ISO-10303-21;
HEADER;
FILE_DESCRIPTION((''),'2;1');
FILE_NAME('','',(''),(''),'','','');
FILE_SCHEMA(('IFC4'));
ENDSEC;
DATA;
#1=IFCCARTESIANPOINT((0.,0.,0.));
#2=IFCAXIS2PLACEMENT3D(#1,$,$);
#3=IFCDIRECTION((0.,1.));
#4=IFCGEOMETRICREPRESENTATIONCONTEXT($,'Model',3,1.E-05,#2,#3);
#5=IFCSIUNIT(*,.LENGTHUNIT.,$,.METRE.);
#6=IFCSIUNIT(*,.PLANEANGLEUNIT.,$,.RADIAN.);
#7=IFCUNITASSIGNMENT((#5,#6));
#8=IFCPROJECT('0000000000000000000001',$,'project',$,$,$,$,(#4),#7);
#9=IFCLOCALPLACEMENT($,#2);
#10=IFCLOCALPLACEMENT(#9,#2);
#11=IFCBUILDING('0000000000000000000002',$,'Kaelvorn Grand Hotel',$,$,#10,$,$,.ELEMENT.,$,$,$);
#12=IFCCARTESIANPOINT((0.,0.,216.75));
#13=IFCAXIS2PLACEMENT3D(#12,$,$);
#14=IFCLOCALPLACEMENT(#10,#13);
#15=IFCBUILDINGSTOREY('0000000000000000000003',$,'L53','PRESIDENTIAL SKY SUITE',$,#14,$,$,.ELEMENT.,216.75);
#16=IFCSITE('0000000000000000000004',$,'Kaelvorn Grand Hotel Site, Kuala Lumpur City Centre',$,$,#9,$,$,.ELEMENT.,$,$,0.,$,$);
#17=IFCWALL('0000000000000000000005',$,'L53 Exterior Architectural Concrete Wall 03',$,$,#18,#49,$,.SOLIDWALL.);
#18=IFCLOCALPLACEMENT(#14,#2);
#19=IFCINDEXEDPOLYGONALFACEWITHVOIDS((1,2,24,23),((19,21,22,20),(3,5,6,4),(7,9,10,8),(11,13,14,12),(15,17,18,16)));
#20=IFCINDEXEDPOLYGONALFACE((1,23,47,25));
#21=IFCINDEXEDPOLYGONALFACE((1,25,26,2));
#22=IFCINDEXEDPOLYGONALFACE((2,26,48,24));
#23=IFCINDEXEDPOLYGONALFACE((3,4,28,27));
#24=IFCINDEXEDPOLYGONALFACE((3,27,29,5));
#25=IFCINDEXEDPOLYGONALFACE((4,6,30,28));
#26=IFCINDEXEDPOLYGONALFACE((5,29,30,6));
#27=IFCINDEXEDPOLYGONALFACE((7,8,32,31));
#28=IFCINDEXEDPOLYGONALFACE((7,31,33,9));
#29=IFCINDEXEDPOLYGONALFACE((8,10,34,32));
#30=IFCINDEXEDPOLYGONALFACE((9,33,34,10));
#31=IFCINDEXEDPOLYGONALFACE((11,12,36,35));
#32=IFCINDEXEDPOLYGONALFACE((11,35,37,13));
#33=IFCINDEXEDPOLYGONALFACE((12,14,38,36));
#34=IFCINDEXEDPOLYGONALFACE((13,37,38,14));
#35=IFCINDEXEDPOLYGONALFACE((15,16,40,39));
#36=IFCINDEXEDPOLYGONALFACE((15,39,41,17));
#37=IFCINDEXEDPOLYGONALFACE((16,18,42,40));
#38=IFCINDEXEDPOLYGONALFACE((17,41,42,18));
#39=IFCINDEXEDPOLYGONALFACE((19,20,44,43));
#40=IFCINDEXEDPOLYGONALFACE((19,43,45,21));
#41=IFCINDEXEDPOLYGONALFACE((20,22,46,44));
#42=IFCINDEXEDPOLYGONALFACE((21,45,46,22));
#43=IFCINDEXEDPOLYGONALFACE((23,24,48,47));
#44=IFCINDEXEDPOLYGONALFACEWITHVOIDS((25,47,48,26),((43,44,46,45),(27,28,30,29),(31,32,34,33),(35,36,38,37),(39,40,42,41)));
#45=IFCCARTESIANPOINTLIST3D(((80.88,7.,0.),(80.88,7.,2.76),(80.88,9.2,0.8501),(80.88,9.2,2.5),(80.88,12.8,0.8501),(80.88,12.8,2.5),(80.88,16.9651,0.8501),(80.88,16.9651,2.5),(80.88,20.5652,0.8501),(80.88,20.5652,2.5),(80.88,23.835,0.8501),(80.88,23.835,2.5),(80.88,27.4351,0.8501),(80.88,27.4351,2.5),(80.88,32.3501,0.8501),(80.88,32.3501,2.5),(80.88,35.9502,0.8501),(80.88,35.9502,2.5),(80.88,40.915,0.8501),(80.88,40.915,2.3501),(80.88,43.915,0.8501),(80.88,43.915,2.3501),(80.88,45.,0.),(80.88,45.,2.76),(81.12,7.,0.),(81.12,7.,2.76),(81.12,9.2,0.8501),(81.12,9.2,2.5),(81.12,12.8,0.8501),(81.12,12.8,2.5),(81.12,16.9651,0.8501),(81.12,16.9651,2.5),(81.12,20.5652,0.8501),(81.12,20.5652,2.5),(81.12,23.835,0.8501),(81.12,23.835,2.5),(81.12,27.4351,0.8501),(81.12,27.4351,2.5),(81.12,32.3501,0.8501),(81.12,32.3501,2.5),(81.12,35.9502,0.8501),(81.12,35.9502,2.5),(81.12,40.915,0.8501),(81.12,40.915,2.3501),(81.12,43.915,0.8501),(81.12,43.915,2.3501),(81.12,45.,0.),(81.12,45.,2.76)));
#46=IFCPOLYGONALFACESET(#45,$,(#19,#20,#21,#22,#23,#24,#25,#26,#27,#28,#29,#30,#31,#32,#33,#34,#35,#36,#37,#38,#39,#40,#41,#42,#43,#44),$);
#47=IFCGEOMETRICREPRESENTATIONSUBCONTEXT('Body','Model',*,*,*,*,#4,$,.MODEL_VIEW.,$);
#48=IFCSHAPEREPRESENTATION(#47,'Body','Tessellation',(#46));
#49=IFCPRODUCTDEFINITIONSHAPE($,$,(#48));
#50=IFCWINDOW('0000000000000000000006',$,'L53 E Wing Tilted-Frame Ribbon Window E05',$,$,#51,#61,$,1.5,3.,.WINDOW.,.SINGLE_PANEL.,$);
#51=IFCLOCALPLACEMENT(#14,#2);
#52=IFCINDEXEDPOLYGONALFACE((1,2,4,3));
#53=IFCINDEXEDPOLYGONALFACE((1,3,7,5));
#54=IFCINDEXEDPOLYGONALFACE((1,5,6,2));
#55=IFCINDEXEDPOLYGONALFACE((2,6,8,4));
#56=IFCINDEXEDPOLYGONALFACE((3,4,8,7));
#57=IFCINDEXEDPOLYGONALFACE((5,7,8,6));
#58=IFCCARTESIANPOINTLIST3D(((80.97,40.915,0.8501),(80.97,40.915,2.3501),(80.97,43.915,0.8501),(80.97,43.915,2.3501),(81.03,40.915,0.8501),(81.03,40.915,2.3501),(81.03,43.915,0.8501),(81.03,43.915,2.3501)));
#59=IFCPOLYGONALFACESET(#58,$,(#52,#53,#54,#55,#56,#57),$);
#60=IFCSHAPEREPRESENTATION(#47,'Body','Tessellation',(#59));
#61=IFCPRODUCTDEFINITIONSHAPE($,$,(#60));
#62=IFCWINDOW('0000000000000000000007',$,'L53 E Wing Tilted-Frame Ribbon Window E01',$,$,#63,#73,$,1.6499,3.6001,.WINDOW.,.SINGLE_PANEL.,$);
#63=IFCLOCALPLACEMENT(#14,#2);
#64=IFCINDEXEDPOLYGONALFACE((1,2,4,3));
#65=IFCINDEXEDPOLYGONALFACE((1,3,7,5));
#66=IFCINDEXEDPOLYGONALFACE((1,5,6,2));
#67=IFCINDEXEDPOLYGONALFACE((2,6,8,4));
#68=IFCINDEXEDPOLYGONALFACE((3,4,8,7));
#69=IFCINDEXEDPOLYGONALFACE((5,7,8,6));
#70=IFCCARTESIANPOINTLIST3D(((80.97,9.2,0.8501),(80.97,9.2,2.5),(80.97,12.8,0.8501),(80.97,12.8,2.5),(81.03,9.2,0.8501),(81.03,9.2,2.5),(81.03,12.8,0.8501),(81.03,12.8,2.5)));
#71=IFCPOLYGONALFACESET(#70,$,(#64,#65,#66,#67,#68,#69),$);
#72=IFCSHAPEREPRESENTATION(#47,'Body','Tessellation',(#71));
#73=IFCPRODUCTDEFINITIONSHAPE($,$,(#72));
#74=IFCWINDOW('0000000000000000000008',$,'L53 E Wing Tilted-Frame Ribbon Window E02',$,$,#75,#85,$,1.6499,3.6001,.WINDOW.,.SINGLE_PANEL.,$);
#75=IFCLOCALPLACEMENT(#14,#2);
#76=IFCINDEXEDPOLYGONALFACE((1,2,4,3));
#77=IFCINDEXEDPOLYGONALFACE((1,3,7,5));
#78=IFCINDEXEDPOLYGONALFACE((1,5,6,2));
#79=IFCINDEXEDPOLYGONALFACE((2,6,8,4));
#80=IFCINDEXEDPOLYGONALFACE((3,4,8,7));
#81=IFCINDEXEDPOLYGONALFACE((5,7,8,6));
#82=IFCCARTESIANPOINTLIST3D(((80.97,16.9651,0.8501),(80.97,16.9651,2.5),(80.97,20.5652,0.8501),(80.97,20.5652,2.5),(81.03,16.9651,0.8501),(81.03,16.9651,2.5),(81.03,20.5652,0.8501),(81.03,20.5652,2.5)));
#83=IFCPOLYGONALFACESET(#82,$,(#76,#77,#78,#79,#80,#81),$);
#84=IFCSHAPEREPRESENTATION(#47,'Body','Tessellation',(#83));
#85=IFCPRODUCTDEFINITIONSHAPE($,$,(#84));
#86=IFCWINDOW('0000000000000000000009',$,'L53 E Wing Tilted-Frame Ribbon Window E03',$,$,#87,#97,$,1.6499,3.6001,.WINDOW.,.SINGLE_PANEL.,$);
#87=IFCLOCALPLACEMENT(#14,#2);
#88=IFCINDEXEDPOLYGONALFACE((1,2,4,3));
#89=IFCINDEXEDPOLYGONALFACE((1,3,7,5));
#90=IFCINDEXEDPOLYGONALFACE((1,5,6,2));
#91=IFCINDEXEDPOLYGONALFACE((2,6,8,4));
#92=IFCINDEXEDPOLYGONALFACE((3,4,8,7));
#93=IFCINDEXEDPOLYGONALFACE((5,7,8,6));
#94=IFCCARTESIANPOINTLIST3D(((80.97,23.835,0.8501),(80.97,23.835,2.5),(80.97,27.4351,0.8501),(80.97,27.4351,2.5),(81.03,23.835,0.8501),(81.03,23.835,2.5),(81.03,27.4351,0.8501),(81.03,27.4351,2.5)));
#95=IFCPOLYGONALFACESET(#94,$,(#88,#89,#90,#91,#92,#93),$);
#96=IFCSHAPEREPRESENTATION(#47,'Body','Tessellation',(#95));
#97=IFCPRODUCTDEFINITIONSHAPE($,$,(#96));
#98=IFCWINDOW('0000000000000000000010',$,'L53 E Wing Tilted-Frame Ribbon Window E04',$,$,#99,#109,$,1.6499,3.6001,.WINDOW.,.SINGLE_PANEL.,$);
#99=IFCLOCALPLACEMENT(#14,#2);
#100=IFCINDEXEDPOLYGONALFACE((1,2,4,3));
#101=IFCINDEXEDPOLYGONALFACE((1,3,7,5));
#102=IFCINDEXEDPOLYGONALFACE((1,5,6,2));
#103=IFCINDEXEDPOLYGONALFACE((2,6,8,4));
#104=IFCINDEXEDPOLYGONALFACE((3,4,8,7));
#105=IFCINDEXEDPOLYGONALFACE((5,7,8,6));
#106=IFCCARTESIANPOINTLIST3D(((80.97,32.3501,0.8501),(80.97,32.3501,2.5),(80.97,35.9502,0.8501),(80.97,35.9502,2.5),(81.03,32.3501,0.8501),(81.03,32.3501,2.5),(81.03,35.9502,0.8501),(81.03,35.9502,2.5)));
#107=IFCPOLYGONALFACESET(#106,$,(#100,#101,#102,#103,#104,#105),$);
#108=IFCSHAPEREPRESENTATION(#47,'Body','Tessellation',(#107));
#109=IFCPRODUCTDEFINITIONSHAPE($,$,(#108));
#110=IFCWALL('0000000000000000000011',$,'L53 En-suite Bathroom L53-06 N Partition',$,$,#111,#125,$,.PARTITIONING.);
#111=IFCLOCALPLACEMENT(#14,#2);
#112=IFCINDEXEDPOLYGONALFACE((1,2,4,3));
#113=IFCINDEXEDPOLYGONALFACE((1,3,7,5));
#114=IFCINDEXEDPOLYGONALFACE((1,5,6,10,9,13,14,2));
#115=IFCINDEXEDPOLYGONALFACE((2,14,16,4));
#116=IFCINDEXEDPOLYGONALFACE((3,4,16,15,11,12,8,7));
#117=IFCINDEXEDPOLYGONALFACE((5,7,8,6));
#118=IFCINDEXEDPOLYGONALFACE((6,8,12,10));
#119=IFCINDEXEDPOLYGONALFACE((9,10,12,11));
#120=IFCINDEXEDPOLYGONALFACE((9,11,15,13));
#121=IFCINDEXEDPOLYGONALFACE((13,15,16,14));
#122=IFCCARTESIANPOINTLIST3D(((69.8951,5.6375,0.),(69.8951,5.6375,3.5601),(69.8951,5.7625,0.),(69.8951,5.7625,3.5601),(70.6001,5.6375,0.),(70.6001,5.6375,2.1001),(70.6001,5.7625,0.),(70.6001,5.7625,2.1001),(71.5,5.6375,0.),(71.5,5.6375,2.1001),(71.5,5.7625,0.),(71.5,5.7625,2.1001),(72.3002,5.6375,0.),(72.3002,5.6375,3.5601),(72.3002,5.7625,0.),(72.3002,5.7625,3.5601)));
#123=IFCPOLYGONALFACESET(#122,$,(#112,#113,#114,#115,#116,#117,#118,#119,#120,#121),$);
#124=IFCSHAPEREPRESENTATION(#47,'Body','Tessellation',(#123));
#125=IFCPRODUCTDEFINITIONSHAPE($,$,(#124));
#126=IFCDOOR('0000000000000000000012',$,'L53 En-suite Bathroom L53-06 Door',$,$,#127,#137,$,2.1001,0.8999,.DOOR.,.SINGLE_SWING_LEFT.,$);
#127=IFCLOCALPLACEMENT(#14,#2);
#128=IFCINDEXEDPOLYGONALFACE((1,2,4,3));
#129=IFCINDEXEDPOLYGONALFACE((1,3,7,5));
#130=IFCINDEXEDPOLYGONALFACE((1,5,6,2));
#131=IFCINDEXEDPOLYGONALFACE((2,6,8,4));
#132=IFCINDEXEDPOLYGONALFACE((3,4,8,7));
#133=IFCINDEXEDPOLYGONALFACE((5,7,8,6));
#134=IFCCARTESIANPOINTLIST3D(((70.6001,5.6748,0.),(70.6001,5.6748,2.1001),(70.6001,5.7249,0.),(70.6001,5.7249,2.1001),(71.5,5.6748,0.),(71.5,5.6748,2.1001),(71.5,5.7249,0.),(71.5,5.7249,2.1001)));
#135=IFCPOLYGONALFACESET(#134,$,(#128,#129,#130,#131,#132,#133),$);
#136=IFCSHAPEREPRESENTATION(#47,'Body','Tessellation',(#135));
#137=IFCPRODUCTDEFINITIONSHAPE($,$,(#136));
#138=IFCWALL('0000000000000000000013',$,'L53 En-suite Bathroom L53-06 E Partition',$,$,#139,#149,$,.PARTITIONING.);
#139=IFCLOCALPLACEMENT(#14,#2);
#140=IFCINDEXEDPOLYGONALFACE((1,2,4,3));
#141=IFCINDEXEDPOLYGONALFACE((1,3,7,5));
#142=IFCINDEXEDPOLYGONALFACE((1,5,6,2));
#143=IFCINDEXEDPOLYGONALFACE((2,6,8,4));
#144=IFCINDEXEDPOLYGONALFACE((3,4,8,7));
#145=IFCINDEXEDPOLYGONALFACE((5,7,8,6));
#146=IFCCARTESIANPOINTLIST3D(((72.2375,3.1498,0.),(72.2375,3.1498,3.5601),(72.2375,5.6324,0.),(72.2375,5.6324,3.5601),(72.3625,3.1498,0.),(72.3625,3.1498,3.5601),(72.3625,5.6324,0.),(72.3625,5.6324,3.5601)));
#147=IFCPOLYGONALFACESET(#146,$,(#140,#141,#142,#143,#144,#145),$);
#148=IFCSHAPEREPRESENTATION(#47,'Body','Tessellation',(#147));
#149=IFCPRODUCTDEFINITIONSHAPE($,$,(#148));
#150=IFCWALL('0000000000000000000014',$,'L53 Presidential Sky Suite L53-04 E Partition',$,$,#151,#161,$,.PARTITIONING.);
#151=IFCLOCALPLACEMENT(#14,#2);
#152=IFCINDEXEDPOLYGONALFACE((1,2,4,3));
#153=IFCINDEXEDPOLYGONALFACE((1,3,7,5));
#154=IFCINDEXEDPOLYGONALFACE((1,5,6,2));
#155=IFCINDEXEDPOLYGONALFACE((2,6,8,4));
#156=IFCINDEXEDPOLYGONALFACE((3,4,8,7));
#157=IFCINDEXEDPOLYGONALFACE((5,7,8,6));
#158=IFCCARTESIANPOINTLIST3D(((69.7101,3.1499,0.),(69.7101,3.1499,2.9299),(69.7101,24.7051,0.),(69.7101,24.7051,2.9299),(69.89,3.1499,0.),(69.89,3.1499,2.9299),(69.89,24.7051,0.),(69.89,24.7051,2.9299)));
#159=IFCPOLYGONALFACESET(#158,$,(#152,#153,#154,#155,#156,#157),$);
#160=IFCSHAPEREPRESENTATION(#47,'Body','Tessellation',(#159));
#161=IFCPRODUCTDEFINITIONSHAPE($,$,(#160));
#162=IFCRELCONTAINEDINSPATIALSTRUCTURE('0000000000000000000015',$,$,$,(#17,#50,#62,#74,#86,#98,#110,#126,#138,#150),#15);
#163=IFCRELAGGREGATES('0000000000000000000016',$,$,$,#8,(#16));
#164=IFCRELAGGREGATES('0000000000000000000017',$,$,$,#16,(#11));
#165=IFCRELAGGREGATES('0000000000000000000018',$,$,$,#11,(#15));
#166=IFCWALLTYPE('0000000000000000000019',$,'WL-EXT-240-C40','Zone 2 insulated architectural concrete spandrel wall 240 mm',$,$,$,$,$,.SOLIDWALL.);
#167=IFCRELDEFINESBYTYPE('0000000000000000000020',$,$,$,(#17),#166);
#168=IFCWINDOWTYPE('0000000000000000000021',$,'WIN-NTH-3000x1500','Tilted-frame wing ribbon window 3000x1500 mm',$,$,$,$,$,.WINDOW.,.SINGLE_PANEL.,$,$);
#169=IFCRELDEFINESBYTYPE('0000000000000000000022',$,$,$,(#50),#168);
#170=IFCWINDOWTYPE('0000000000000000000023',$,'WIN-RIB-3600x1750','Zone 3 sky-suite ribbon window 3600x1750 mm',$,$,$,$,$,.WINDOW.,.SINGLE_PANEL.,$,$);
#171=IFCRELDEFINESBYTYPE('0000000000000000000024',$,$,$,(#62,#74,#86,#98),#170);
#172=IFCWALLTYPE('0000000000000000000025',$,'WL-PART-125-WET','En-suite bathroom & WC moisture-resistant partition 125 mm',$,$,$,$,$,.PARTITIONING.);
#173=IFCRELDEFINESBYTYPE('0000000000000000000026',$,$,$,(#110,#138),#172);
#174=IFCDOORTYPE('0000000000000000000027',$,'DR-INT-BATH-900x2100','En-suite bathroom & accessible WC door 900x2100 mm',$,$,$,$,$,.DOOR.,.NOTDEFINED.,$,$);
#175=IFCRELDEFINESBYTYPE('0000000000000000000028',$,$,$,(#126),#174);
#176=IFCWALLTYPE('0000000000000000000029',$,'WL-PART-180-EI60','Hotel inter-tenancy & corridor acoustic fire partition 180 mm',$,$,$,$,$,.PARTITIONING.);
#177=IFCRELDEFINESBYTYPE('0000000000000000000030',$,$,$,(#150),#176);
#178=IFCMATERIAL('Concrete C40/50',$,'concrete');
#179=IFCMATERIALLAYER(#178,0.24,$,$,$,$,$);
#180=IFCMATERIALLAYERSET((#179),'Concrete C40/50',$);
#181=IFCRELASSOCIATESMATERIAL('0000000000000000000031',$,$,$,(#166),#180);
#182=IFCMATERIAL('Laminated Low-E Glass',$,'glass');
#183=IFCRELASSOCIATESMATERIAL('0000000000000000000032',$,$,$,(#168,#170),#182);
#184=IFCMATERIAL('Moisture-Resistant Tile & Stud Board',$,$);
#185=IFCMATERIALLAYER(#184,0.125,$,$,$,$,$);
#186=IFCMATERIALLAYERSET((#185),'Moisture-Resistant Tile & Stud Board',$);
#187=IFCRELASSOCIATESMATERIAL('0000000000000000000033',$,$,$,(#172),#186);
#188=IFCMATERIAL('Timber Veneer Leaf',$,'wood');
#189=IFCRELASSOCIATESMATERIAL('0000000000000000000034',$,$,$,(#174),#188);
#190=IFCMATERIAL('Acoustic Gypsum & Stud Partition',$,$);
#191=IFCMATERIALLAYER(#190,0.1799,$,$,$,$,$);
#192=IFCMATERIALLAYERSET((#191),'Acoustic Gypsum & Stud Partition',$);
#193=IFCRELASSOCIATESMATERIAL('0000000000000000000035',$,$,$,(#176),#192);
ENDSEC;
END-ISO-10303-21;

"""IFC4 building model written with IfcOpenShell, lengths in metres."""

from ifc_helpers import new_model, si_unit, direction, frame, frame_2d, origin, place, context, subcontext, project, spatial, rectangle, extrude, material, layer, layer_set, type_object, element, fill, save


model = new_model("IFC4")

# Units and contexts
model_context = context("Model", 3, precision=1e-05, world=origin(), true_north=direction((0.0, 1.0)))
body_context = subcontext(model_context, "Body", "Model", "MODEL_VIEW")
ifc_project = project(units=[si_unit("LENGTHUNIT", "METRE"), si_unit("PLANEANGLEUNIT", "RADIAN")], contexts=[model_context])

# Site, building, storey
site_placement = place(None, origin())
site = spatial("IfcSite", under=ifc_project, at=site_placement, Name="Kaelvorn Grand Hotel Site, Kuala Lumpur City Centre", CompositionType="ELEMENT", RefElevation=0.0)
building_placement = place(site_placement, origin())
building = spatial("IfcBuilding", under=site, at=building_placement, Name="Kaelvorn Grand Hotel", CompositionType="ELEMENT")
storey_placement = place(building_placement, frame((0.0, 0.0, 216.75)))
storey = spatial("IfcBuildingStorey", under=building, at=storey_placement, Name="L53", Description="PRESIDENTIAL SKY SUITE", CompositionType="ELEMENT", Elevation=216.75)

# Shared definitions
ifc_material_1 = material(Name="Concrete C40/50", Category="concrete")

# Shared definitions
ifc_layer_1 = layer(ifc_material_1, 0.24)
ifc_layer_set_1 = layer_set([ifc_layer_1], Name="Concrete C40/50")
wall_type_1 = type_object("IfcWallType", Name="WL-EXT-240-C40", Description="Zone 2 insulated architectural concrete spandrel wall 240 mm", PredefinedType="SOLIDWALL", material=ifc_layer_set_1)
ifc_material_2 = material(Name="Laminated Low-E Glass", Category="glass")

# Wall, openings, windows
wall_1_placement = place(storey_placement, frame((81.0, 7.0, 0.0), z_axis=(0.0, 0.0, 1.0), x_axis=(0.0, 1.0, 0.0)))
wall_1 = element("IfcWall", 1, at=wall_1_placement, inside=storey, type_object=wall_type_1, Name="L53 Exterior Architectural Concrete Wall 03", PredefinedType="SOLIDWALL", context=body_context, shape_type="SweptSolid", body=[
    extrude(rectangle(XDim=38.0, YDim=0.24, at=frame_2d((19.0, 0.0))), origin(), (0.0, 0.0, 1.0), 2.76),
])
opening_1_placement = place(wall_1_placement, frame((2.2, 0.0, 0.8501)))
opening_1 = element("IfcOpeningElement", 2, at=opening_1_placement, cuts=wall_1, PredefinedType="OPENING", context=body_context, shape_type="SweptSolid", body=[
    extrude(rectangle(XDim=3.6001, YDim=1.6499, at=frame_2d((1.8, 0.825))), frame((0.0, 0.1299, 0.0), z_axis=(0.0, -1.0, 0.0), x_axis=(1.0, 0.0, 0.0)), (0.0, 0.0, 1.0), 0.26),
])
opening_2_placement = place(wall_1_placement, frame((9.9651, 0.0, 0.8501)))
opening_2 = element("IfcOpeningElement", 3, at=opening_2_placement, cuts=wall_1, PredefinedType="OPENING", context=body_context, shape_type="SweptSolid", body=[
    extrude(rectangle(XDim=3.6001, YDim=1.6499, at=frame_2d((1.8, 0.825))), frame((0.0, 0.1299, 0.0), z_axis=(0.0, -1.0, 0.0), x_axis=(1.0, 0.0, 0.0)), (0.0, 0.0, 1.0), 0.26),
])
opening_3_placement = place(wall_1_placement, frame((16.835, 0.0, 0.8501)))
opening_3 = element("IfcOpeningElement", 4, at=opening_3_placement, cuts=wall_1, PredefinedType="OPENING", context=body_context, shape_type="SweptSolid", body=[
    extrude(rectangle(XDim=3.6001, YDim=1.6499, at=frame_2d((1.8, 0.825))), frame((0.0, 0.1299, 0.0), z_axis=(0.0, -1.0, 0.0), x_axis=(1.0, 0.0, 0.0)), (0.0, 0.0, 1.0), 0.26),
])
opening_4_placement = place(wall_1_placement, frame((25.3501, 0.0, 0.8501)))
opening_4 = element("IfcOpeningElement", 5, at=opening_4_placement, cuts=wall_1, PredefinedType="OPENING", context=body_context, shape_type="SweptSolid", body=[
    extrude(rectangle(XDim=3.6001, YDim=1.6499, at=frame_2d((1.8, 0.825))), frame((0.0, 0.1299, 0.0), z_axis=(0.0, -1.0, 0.0), x_axis=(1.0, 0.0, 0.0)), (0.0, 0.0, 1.0), 0.26),
])
opening_5_placement = place(wall_1_placement, frame((33.915, 0.0, 0.8501)))
opening_5 = element("IfcOpeningElement", 6, at=opening_5_placement, cuts=wall_1, PredefinedType="OPENING", context=body_context, shape_type="SweptSolid", body=[
    extrude(rectangle(XDim=3.0, YDim=1.5, at=frame_2d((1.5, 0.75))), frame((0.0, 0.1299, 0.0), z_axis=(0.0, -1.0, 0.0), x_axis=(1.0, 0.0, 0.0)), (0.0, 0.0, 1.0), 0.26),
])
window_type_1 = type_object("IfcWindowType", Name="WIN-NTH-3000x1500", Description="Tilted-frame wing ribbon window 3000x1500 mm", PartitioningType="SINGLE_PANEL", PredefinedType="WINDOW", material=ifc_material_2)
window_1_placement = place(opening_5_placement, origin())
window_1 = element("IfcWindow", 7, at=window_1_placement, inside=storey, type_object=window_type_1, Name="L53 E Wing Tilted-Frame Ribbon Window E05", OverallHeight=1.5, OverallWidth=3.0, PartitioningType="SINGLE_PANEL", PredefinedType="WINDOW", context=body_context, shape_type="SweptSolid", body=[
    extrude(rectangle(XDim=3.0, YDim=1.5, at=frame_2d((1.5, 0.75))), frame((0.0, 0.03, 0.0), z_axis=(0.0, -1.0, 0.0), x_axis=(1.0, 0.0, 0.0)), (0.0, 0.0, 1.0), 0.0601),
])
fill(opening_5, window_1)
window_type_2 = type_object("IfcWindowType", Name="WIN-RIB-3600x1750", Description="Zone 3 sky-suite ribbon window 3600x1750 mm", PartitioningType="SINGLE_PANEL", PredefinedType="WINDOW", material=ifc_material_2)
window_2_placement = place(opening_1_placement, origin())
window_2 = element("IfcWindow", 8, at=window_2_placement, inside=storey, type_object=window_type_2, Name="L53 E Wing Tilted-Frame Ribbon Window E01", OverallHeight=1.6499, OverallWidth=3.6001, PartitioningType="SINGLE_PANEL", PredefinedType="WINDOW", context=body_context, shape_type="SweptSolid", body=[
    extrude(rectangle(XDim=3.6001, YDim=1.6499, at=frame_2d((1.8, 0.825))), frame((0.0, 0.03, 0.0), z_axis=(0.0, -1.0, 0.0), x_axis=(1.0, 0.0, 0.0)), (0.0, 0.0, 1.0), 0.0601),
])
fill(opening_1, window_2)
window_3_placement = place(opening_2_placement, origin())
window_3 = element("IfcWindow", 9, at=window_3_placement, inside=storey, type_object=window_type_2, Name="L53 E Wing Tilted-Frame Ribbon Window E02", OverallHeight=1.6499, OverallWidth=3.6001, PartitioningType="SINGLE_PANEL", PredefinedType="WINDOW", context=body_context, shape_type="SweptSolid", body=[
    extrude(rectangle(XDim=3.6001, YDim=1.6499, at=frame_2d((1.8, 0.825))), frame((0.0, 0.03, 0.0), z_axis=(0.0, -1.0, 0.0), x_axis=(1.0, 0.0, 0.0)), (0.0, 0.0, 1.0), 0.0601),
])
fill(opening_2, window_3)
window_4_placement = place(opening_3_placement, origin())
window_4 = element("IfcWindow", 10, at=window_4_placement, inside=storey, type_object=window_type_2, Name="L53 E Wing Tilted-Frame Ribbon Window E03", OverallHeight=1.6499, OverallWidth=3.6001, PartitioningType="SINGLE_PANEL", PredefinedType="WINDOW", context=body_context, shape_type="SweptSolid", body=[
    extrude(rectangle(XDim=3.6001, YDim=1.6499, at=frame_2d((1.8, 0.825))), frame((0.0, 0.03, 0.0), z_axis=(0.0, -1.0, 0.0), x_axis=(1.0, 0.0, 0.0)), (0.0, 0.0, 1.0), 0.0601),
])
fill(opening_3, window_4)
window_5_placement = place(opening_4_placement, origin())
window_5 = element("IfcWindow", 11, at=window_5_placement, inside=storey, type_object=window_type_2, Name="L53 E Wing Tilted-Frame Ribbon Window E04", OverallHeight=1.6499, OverallWidth=3.6001, PartitioningType="SINGLE_PANEL", PredefinedType="WINDOW", context=body_context, shape_type="SweptSolid", body=[
    extrude(rectangle(XDim=3.6001, YDim=1.6499, at=frame_2d((1.8, 0.825))), frame((0.0, 0.03, 0.0), z_axis=(0.0, -1.0, 0.0), x_axis=(1.0, 0.0, 0.0)), (0.0, 0.0, 1.0), 0.0601),
])
fill(opening_4, window_5)

# Wall, opening, door
ifc_material_3 = material(Name="Moisture-Resistant Tile & Stud Board")
ifc_layer_2 = layer(ifc_material_3, 0.125)
ifc_layer_set_2 = layer_set([ifc_layer_2], Name="Moisture-Resistant Tile & Stud Board")
wall_type_2 = type_object("IfcWallType", Name="WL-PART-125-WET", Description="En-suite bathroom & WC moisture-resistant partition 125 mm", PredefinedType="PARTITIONING", material=ifc_layer_set_2)
wall_2_placement = place(storey_placement, frame((69.895, 5.7, 0.0), z_axis=(0.0, 0.0, 1.0), x_axis=(1.0, 0.0, 0.0)))
wall_2 = element("IfcWall", 12, at=wall_2_placement, inside=storey, type_object=wall_type_2, Name="L53 En-suite Bathroom L53-06 N Partition", PredefinedType="PARTITIONING", context=body_context, shape_type="SweptSolid", body=[
    extrude(rectangle(XDim=2.405, YDim=0.125, at=frame_2d((1.2026, 0.0))), origin(), (0.0, 0.0, 1.0), 3.5601),
])
opening_6_placement = place(wall_2_placement, frame((0.7051, 0.0, 0.0)))
opening_6 = element("IfcOpeningElement", 13, at=opening_6_placement, cuts=wall_2, PredefinedType="OPENING", context=body_context, shape_type="SweptSolid", body=[
    extrude(rectangle(XDim=0.8999, YDim=2.1001, at=frame_2d((0.45, 1.05))), frame((0.0, 0.0725, 0.0), z_axis=(0.0, -1.0, 0.0), x_axis=(1.0, 0.0, 0.0)), (0.0, 0.0, 1.0), 0.145),
])
ifc_material_4 = material(Name="Timber Veneer Leaf", Category="wood")
door_type = type_object("IfcDoorType", Name="DR-INT-BATH-900x2100", Description="En-suite bathroom & accessible WC door 900x2100 mm", OperationType="NOTDEFINED", PredefinedType="DOOR", material=ifc_material_4)
door_placement = place(opening_6_placement, origin())
door = element("IfcDoor", 14, at=door_placement, inside=storey, type_object=door_type, Name="L53 En-suite Bathroom L53-06 Door", OperationType="SINGLE_SWING_LEFT", OverallHeight=2.1001, OverallWidth=0.8999, PredefinedType="DOOR", context=body_context, shape_type="SweptSolid", body=[
    extrude(rectangle(XDim=0.8999, YDim=2.1001, at=frame_2d((0.45, 1.05))), frame((0.0, 0.0249, 0.0), z_axis=(0.0, -1.0, 0.0), x_axis=(1.0, 0.0, 0.0)), (0.0, 0.0, 1.0), 0.05),
])
fill(opening_6, door)

# Walls
wall_3_placement = place(storey_placement, frame((72.3, 3.1499, 0.0), z_axis=(0.0, 0.0, 1.0), x_axis=(0.0, 1.0, 0.0)))
element("IfcWall", 15, at=wall_3_placement, inside=storey, type_object=wall_type_2, Name="L53 En-suite Bathroom L53-06 E Partition", PredefinedType="PARTITIONING", context=body_context, shape_type="SweptSolid", body=[
    extrude(rectangle(XDim=2.4827, YDim=0.125, at=frame_2d((1.2412, 0.0))), origin(), (0.0, 0.0, 1.0), 3.5601),
])
ifc_material_5 = material(Name="Acoustic Gypsum & Stud Partition")
ifc_layer_3 = layer(ifc_material_5, 0.1799)
ifc_layer_set_3 = layer_set([ifc_layer_3], Name="Acoustic Gypsum & Stud Partition")
wall_type_3 = type_object("IfcWallType", Name="WL-PART-180-EI60", Description="Hotel inter-tenancy & corridor acoustic fire partition 180 mm", PredefinedType="PARTITIONING", material=ifc_layer_set_3)
wall_4_placement = place(storey_placement, frame((69.8, 3.1499, 0.0), z_axis=(0.0, 0.0, 1.0), x_axis=(0.0, 1.0, 0.0)))
element("IfcWall", 16, at=wall_4_placement, inside=storey, type_object=wall_type_3, Name="L53 Presidential Sky Suite L53-04 E Partition", PredefinedType="PARTITIONING", context=body_context, shape_type="SweptSolid", body=[
    extrude(rectangle(XDim=21.5552, YDim=0.1799, at=frame_2d((10.7776, 0.0))), origin(), (0.0, 0.0, 1.0), 2.9299),
])

save(model, "model.ifc")
